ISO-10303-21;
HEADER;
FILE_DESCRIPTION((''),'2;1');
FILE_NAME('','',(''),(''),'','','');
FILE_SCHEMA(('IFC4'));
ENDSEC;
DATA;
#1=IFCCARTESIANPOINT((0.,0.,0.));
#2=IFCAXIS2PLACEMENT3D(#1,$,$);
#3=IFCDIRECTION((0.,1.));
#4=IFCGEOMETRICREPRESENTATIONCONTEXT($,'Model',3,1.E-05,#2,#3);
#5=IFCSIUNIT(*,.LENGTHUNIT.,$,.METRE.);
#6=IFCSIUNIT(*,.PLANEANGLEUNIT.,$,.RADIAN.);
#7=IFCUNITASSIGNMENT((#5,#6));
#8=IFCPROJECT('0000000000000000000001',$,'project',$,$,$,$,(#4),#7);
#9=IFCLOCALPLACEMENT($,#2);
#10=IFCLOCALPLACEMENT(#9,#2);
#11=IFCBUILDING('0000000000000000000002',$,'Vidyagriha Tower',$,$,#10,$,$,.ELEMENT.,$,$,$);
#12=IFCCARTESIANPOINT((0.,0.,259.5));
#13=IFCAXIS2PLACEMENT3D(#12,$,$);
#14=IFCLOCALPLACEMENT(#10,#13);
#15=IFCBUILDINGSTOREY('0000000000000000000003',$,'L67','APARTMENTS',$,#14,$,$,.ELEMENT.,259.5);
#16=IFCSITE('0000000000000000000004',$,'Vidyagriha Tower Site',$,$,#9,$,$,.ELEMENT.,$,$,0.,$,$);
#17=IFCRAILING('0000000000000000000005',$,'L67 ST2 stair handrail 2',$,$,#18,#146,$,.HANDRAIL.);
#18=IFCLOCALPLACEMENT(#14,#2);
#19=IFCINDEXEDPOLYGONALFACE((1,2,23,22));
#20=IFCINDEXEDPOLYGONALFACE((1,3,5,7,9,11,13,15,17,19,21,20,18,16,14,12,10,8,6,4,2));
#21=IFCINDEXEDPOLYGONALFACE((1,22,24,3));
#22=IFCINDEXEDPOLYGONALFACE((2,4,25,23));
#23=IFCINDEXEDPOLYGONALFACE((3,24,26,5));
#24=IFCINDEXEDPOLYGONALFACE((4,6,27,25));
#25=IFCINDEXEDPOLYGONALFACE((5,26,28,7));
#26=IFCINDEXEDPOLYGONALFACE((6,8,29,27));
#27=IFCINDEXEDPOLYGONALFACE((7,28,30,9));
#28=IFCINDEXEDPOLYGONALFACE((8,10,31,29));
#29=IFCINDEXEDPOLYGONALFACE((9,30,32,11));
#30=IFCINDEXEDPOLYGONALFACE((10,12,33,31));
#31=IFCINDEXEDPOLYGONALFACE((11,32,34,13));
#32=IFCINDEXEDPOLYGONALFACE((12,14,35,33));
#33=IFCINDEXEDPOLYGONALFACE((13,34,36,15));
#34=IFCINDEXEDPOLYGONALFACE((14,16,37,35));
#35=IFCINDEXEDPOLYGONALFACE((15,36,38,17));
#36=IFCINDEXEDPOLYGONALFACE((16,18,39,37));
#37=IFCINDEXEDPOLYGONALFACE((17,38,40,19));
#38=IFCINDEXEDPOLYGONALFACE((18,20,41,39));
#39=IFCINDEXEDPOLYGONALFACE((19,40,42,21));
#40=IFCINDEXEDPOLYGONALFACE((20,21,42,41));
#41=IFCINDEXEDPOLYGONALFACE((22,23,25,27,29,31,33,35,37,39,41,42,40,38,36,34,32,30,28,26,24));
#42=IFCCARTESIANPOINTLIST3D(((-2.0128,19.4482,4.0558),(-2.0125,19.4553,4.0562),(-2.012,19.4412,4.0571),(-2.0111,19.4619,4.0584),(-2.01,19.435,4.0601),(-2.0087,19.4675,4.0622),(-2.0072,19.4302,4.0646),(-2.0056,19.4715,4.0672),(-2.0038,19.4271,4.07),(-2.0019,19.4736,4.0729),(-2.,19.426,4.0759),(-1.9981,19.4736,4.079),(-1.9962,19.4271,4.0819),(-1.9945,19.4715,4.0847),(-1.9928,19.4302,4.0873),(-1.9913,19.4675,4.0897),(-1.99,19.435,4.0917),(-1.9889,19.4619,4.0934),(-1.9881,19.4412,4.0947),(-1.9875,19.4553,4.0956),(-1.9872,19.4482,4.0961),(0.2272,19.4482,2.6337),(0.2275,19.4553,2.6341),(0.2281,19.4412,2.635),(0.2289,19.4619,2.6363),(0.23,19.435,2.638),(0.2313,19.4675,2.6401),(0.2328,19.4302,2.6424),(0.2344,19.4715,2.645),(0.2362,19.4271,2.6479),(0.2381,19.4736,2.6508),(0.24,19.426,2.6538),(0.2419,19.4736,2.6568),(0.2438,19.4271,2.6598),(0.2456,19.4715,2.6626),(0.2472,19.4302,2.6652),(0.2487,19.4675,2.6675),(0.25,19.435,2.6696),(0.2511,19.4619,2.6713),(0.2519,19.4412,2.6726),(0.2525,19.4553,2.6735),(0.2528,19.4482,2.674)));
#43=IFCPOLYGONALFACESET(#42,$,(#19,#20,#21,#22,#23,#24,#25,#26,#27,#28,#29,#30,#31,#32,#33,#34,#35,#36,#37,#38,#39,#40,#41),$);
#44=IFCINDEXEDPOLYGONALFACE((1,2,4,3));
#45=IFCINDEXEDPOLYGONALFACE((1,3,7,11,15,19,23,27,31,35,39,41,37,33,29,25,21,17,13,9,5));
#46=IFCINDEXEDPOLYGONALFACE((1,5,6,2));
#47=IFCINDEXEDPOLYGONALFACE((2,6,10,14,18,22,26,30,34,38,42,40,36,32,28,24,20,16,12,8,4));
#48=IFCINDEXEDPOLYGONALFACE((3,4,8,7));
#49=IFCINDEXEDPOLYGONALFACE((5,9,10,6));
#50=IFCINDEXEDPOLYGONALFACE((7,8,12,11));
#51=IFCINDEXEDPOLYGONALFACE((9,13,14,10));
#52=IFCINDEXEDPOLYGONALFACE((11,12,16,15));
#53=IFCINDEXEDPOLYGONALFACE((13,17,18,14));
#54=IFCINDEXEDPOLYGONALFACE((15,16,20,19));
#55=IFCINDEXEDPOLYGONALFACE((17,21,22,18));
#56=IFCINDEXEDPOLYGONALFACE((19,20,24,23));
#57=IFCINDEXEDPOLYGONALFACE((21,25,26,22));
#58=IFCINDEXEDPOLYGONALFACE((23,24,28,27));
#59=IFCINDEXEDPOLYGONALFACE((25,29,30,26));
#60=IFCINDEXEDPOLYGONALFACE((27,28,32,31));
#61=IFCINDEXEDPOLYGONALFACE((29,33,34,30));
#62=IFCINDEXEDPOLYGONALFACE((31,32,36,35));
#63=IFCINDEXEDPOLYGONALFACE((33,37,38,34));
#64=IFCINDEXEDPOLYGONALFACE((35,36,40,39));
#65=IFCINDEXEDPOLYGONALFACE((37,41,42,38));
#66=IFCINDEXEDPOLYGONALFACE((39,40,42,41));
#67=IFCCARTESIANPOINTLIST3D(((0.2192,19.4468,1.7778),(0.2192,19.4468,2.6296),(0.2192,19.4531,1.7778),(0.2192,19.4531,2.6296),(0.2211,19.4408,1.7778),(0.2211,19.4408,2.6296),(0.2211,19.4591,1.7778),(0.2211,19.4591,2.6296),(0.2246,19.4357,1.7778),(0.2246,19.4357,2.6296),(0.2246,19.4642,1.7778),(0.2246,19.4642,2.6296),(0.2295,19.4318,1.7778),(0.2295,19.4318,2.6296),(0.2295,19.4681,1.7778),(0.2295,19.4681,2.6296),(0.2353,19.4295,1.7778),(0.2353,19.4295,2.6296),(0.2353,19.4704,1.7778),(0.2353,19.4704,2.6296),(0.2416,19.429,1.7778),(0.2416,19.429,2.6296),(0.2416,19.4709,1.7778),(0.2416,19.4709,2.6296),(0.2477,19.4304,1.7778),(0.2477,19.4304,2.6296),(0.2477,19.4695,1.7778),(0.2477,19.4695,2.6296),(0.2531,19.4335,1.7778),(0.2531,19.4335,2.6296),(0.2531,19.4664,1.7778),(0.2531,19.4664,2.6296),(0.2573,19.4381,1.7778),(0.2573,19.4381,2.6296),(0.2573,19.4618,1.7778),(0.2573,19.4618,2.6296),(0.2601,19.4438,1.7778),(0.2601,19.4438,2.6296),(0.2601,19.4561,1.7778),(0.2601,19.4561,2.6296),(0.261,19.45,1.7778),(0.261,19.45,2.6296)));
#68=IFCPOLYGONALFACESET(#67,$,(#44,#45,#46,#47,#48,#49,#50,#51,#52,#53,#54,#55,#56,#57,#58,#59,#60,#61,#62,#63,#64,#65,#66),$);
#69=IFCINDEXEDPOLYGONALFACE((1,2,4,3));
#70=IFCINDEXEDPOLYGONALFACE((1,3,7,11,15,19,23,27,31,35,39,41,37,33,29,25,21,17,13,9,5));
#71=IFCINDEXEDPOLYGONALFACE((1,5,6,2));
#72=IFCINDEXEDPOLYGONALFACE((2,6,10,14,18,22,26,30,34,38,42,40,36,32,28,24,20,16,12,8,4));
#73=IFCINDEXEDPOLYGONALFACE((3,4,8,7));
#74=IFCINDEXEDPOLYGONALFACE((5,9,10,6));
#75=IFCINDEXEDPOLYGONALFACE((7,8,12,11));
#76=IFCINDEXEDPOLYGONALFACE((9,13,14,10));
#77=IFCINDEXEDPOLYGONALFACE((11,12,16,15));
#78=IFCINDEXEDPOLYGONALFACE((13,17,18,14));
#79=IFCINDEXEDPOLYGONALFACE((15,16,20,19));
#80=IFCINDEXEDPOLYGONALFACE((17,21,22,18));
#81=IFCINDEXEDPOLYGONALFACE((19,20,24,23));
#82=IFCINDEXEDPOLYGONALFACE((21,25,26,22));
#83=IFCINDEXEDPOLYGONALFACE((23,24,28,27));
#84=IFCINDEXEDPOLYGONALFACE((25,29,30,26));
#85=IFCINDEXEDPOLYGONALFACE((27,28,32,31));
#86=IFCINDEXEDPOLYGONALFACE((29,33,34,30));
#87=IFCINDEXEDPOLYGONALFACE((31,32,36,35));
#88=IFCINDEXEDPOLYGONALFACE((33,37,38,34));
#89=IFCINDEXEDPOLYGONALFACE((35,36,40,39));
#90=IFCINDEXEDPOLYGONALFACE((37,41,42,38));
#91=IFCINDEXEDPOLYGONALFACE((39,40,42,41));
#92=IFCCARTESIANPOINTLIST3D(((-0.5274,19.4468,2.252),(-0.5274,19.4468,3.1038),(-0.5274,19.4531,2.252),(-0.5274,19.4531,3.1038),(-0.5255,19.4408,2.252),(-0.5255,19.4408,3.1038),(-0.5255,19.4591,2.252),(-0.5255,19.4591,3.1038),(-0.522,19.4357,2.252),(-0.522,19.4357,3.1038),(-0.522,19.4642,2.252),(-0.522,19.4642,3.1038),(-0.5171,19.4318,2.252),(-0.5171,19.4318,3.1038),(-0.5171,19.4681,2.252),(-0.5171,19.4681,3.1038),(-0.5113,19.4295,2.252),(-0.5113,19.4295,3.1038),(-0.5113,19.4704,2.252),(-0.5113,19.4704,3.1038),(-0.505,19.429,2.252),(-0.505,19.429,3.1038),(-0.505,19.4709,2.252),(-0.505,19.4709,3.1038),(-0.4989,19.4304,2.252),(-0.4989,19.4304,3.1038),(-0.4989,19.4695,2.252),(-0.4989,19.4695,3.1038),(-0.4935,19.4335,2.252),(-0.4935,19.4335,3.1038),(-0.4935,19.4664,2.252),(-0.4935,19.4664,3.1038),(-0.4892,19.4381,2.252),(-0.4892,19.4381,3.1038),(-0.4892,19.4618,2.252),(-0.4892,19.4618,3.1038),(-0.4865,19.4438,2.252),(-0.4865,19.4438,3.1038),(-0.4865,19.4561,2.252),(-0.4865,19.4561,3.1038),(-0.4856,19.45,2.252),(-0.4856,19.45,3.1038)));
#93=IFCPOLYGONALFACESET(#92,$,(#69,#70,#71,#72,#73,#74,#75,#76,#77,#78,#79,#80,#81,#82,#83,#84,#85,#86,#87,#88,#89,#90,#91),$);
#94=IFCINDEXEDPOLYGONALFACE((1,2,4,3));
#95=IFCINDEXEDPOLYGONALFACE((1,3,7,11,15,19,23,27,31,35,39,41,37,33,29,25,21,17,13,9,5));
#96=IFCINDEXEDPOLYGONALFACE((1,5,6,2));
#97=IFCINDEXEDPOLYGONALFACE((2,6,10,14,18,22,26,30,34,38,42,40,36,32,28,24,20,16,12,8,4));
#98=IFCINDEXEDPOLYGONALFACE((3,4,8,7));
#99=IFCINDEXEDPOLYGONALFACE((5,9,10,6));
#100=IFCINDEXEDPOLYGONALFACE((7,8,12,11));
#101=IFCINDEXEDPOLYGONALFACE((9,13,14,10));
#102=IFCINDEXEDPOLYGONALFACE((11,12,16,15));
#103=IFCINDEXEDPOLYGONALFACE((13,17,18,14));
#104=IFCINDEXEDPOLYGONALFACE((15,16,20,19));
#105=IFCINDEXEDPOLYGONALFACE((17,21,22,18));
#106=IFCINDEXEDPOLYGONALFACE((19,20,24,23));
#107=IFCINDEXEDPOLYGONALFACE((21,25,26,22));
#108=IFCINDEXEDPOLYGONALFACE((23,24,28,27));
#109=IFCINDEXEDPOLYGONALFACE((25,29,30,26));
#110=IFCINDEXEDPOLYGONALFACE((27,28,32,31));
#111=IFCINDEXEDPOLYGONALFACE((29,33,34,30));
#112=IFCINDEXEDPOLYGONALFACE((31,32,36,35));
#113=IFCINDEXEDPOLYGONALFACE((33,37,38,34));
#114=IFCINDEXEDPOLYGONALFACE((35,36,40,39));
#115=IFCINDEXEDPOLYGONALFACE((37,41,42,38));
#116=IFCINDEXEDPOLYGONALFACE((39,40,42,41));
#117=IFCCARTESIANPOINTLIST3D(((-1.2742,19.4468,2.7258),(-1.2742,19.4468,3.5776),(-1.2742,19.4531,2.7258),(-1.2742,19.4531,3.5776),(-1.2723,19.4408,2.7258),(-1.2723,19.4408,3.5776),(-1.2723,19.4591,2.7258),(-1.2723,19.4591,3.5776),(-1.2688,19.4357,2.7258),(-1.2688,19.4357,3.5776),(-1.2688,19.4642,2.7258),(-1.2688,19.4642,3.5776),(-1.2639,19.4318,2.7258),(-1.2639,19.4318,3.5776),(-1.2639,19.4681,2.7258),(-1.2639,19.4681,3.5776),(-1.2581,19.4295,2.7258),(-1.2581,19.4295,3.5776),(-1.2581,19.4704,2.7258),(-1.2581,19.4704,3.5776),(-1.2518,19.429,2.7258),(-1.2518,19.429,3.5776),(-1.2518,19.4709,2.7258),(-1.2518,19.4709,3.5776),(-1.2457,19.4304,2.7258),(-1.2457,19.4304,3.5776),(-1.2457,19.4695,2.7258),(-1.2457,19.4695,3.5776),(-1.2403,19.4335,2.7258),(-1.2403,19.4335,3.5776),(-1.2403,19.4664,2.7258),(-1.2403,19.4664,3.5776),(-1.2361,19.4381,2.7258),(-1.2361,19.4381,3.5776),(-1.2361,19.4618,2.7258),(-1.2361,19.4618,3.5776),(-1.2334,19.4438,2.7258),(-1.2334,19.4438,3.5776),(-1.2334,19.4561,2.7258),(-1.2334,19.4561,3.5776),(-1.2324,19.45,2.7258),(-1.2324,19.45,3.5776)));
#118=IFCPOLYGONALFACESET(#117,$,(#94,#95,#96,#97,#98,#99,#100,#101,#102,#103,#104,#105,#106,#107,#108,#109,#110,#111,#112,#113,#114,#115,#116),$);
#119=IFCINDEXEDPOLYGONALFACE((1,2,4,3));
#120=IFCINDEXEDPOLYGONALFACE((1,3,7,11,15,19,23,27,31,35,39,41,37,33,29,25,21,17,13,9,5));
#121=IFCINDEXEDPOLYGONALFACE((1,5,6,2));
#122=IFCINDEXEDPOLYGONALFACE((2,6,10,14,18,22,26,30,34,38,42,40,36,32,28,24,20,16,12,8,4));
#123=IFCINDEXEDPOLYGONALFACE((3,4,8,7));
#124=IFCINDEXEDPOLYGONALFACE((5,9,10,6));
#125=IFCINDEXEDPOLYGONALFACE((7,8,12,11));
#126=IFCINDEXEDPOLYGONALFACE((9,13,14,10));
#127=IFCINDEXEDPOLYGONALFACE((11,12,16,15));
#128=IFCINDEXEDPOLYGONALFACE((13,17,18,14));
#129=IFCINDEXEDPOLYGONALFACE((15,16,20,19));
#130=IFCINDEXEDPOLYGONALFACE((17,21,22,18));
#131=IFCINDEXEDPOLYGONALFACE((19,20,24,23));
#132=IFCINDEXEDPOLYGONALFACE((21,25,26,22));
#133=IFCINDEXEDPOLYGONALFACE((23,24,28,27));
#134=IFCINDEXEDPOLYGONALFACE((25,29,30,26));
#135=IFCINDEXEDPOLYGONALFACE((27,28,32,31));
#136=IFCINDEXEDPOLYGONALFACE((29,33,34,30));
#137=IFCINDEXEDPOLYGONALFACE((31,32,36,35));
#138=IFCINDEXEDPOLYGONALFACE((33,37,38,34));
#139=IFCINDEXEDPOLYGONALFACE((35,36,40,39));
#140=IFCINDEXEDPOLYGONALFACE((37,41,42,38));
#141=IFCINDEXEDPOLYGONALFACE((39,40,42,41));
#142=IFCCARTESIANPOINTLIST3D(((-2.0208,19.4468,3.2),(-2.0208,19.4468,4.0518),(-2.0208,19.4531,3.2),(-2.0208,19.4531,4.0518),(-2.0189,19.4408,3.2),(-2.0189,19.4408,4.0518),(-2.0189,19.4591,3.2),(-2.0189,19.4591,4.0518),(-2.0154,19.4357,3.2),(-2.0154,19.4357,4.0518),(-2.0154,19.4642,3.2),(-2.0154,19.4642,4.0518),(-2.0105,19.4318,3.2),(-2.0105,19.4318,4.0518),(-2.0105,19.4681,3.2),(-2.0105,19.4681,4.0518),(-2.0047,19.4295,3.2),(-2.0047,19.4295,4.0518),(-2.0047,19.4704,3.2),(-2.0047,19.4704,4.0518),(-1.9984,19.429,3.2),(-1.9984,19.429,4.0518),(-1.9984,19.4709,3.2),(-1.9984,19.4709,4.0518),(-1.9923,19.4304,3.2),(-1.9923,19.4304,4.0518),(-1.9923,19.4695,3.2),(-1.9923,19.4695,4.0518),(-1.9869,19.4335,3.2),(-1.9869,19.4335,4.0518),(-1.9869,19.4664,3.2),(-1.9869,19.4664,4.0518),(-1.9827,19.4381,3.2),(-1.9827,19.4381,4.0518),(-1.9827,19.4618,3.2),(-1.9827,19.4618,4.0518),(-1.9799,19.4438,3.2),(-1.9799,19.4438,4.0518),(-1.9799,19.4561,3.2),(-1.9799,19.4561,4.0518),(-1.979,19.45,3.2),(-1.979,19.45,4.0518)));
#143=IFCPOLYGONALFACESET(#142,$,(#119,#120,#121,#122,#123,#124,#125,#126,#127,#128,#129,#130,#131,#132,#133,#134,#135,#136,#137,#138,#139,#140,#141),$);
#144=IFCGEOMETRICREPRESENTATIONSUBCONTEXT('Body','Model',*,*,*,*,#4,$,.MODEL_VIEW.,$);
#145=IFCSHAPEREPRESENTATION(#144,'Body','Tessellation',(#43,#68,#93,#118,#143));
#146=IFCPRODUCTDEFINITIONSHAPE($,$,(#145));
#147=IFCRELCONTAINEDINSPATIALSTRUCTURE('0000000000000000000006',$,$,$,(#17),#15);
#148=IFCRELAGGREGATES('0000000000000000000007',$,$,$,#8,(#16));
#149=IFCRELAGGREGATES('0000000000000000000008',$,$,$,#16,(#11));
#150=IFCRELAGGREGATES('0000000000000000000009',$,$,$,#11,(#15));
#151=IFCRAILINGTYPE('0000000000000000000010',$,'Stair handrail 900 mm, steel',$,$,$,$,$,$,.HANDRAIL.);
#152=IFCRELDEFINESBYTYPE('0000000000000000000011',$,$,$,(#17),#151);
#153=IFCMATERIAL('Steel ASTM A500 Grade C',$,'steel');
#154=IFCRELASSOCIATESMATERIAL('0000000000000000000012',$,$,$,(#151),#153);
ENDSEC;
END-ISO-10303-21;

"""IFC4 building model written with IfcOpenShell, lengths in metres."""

from ifc_helpers import new_model, si_unit, direction, frame, origin, origin_2d, place, context, subcontext, project, spatial, circle, extrude, material, type_object, element, save


model = new_model("IFC4")

# Units and contexts
model_context = context("Model", 3, precision=1e-05, world=origin(), true_north=direction((0.0, 1.0)))
body_context = subcontext(model_context, "Body", "Model", "MODEL_VIEW")
ifc_project = project(units=[si_unit("LENGTHUNIT", "METRE"), si_unit("PLANEANGLEUNIT", "RADIAN")], contexts=[model_context])

# Site, building, storey
site_placement = place(None, origin())
site = spatial("IfcSite", under=ifc_project, at=site_placement, Name="Vidyagriha Tower Site", CompositionType="ELEMENT", RefElevation=0.0)
building_placement = place(site_placement, origin())
building = spatial("IfcBuilding", under=site, at=building_placement, Name="Vidyagriha Tower", CompositionType="ELEMENT")
storey_placement = place(building_placement, frame((0.0, 0.0, 259.5)))
storey = spatial("IfcBuildingStorey", under=building, at=storey_placement, Name="L67", Description="APARTMENTS", CompositionType="ELEMENT", Elevation=259.5)

# Railing
ifc_material_1 = material(Name="Steel ASTM A500 Grade C", Category="steel")
railing_type_1 = type_object("IfcRailingType", Name="Stair handrail 900 mm, steel", PredefinedType="HANDRAIL", material=ifc_material_1)
for number, where, name in (
    (1, (0.24, 19.45, 1.7778), "L67 ST2 stair handrail 2"),
):
    element("IfcRailing", number, at=place(storey_placement, frame(where)), inside=storey, type_object=railing_type_1, Name=name, PredefinedType="HANDRAIL", context=body_context, shape_type="SweptSolid", body=[
        extrude(circle(Radius=0.0239, at=origin_2d()), frame((0.0, 0.0, 0.876), z_axis=(-0.844229, 0.0, 0.535982), x_axis=(0.0, -1.0, 0.0)), (0.0, 0.0, 1.0), 2.6533),
        extrude(circle(Radius=0.021, at=origin_2d()), origin(), (0.0, 0.0, 1.0), 0.8518),
        extrude(circle(Radius=0.021, at=origin_2d()), frame((-0.7466, 0.0, 0.4741)), (0.0, 0.0, 1.0), 0.8518),
        extrude(circle(Radius=0.021, at=origin_2d()), frame((-1.4934, 0.0, 0.948)), (0.0, 0.0, 1.0), 0.8518),
        extrude(circle(Radius=0.021, at=origin_2d()), frame((-2.24, 0.0, 1.4221)), (0.0, 0.0, 1.0), 0.8518),
    ])

save(model, "model.ifc")
